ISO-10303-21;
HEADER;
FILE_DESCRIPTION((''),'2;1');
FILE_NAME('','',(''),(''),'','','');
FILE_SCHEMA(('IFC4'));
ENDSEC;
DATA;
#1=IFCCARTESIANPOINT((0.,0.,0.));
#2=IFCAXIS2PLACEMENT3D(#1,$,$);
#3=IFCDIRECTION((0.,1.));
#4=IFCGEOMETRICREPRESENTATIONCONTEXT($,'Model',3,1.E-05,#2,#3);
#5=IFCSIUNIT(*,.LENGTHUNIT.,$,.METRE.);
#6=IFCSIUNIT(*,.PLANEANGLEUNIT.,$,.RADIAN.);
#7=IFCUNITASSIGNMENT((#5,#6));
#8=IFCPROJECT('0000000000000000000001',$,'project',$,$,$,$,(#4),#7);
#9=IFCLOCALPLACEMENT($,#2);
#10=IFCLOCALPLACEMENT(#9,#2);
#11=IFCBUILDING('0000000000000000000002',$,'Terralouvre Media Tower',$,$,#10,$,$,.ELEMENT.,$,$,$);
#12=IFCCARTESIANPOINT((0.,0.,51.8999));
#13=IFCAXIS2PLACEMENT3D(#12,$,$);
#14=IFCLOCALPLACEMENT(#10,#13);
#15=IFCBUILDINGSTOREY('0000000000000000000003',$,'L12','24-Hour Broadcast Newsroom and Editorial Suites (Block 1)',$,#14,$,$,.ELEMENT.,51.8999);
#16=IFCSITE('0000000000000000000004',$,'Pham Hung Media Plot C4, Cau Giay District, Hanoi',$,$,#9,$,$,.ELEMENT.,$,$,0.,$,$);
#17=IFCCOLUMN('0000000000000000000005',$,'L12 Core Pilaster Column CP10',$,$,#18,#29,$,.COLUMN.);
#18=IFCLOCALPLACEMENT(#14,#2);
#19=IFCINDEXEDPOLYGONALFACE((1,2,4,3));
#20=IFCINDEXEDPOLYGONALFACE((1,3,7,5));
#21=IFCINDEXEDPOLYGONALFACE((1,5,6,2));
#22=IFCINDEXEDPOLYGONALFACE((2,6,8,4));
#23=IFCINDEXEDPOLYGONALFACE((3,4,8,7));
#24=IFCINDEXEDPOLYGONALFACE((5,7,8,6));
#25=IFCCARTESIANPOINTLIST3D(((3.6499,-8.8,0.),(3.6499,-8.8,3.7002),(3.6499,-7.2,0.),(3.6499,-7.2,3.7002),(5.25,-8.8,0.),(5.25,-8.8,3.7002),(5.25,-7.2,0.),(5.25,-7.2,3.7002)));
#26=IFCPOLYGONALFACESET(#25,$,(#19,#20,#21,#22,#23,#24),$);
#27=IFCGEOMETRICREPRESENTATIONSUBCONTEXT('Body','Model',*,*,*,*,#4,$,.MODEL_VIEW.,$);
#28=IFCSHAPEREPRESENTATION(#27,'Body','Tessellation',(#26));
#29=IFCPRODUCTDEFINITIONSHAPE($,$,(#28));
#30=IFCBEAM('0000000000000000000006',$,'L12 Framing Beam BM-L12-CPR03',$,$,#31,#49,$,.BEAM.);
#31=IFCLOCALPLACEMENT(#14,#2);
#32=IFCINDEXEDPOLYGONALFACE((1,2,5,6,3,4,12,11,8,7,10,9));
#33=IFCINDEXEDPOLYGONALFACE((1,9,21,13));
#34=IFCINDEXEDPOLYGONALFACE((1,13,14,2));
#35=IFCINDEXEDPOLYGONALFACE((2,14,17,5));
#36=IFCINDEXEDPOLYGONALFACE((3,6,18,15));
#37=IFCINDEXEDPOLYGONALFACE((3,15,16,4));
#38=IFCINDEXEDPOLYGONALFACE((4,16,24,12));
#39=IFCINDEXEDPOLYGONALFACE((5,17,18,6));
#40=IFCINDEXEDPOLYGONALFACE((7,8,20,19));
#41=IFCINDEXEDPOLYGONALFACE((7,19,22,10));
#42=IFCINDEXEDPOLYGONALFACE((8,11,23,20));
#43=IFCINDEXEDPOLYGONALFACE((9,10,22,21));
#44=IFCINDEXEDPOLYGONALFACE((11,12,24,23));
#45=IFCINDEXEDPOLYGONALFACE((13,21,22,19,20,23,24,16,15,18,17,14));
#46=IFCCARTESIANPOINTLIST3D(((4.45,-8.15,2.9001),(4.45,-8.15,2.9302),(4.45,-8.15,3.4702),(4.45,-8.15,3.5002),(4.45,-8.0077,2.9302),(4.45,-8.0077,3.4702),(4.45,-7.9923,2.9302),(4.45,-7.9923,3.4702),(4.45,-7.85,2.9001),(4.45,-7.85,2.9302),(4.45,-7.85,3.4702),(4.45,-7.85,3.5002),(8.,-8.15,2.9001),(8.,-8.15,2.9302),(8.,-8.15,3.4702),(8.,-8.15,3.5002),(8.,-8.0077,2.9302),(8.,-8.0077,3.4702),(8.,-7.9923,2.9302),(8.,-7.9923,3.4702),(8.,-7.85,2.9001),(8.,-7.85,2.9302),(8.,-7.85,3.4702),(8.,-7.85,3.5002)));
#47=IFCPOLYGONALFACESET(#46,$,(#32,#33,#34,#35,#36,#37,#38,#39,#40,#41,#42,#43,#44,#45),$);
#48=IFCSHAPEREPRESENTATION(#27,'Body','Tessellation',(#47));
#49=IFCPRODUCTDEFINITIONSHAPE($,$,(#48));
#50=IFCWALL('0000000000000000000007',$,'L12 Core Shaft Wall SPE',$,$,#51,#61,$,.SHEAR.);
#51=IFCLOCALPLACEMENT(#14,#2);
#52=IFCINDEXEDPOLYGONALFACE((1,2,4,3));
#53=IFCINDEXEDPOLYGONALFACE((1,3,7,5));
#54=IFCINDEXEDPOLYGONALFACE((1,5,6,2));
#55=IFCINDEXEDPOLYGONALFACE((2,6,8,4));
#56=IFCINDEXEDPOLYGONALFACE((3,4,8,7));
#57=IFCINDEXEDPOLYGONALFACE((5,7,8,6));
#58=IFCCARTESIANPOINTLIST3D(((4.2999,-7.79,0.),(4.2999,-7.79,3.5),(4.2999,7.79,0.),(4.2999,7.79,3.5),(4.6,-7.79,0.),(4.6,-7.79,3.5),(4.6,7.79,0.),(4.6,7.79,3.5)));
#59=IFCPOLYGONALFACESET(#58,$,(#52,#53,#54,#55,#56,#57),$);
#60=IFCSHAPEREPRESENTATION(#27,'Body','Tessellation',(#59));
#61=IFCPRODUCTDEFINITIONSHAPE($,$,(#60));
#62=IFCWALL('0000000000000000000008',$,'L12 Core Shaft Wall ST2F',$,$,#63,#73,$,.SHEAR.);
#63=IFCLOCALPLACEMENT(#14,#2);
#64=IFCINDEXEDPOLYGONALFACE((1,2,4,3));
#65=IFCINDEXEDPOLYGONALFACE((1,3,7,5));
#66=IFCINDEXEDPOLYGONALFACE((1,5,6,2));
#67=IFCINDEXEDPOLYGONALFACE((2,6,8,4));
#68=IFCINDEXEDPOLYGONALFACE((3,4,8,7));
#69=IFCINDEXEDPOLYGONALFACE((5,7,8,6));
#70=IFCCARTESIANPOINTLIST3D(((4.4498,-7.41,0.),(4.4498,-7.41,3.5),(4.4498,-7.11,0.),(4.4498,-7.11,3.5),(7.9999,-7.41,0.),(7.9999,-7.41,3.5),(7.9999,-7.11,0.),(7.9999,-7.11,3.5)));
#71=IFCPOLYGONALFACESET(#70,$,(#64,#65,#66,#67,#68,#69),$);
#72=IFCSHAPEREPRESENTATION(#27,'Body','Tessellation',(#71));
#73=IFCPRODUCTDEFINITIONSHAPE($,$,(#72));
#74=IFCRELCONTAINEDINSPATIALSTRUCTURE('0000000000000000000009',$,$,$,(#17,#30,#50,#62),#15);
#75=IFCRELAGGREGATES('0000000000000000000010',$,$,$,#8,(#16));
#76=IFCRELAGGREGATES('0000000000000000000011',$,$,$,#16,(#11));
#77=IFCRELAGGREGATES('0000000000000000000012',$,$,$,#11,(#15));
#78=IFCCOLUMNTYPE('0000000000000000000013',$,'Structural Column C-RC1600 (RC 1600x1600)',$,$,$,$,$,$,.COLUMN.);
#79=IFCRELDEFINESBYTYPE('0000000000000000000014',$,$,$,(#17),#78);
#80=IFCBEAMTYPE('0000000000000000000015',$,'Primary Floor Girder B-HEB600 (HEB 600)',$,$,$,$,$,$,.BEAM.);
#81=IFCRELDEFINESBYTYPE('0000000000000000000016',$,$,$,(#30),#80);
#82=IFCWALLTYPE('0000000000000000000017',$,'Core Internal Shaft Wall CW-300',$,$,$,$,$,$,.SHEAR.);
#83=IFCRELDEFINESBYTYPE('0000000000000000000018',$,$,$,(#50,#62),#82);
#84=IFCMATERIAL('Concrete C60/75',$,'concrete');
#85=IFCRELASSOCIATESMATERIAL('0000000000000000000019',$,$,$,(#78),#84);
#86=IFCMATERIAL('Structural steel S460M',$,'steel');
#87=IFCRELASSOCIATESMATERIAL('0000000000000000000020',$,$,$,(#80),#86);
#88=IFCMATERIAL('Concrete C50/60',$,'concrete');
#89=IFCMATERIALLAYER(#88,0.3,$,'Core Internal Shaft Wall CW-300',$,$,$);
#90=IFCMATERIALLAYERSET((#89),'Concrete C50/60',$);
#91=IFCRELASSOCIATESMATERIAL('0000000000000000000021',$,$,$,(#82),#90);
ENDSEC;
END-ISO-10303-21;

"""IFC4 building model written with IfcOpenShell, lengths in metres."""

from ifc_helpers import new_model, si_unit, direction, frame, frame_2d, origin, origin_2d, place, context, subcontext, project, spatial, rectangle, i_section, extrude, material, layer, layer_set, material_profile, profile_set, type_object, element, save


model = new_model("IFC4")

# Units and contexts
model_context = context("Model", 3, precision=1e-05, world=origin(), true_north=direction((0.0, 1.0)))
body_context = subcontext(model_context, "Body", "Model", "MODEL_VIEW")
ifc_project = project(units=[si_unit("LENGTHUNIT", "METRE"), si_unit("PLANEANGLEUNIT", "RADIAN")], contexts=[model_context])

# Site, building, storey
site_placement = place(None, origin())
site = spatial("IfcSite", under=ifc_project, at=site_placement, Name="Pham Hung Media Plot C4, Cau Giay District, Hanoi", CompositionType="ELEMENT", RefElevation=0.0)
building_placement = place(site_placement, origin())
building = spatial("IfcBuilding", under=site, at=building_placement, Name="Terralouvre Media Tower", CompositionType="ELEMENT")
storey_placement = place(building_placement, frame((0.0, 0.0, 51.8999)))
storey = spatial("IfcBuildingStorey", under=building, at=storey_placement, Name="L12", Description="24-Hour Broadcast Newsroom and Editorial Suites (Block 1)", CompositionType="ELEMENT", Elevation=51.8999)

# Column
ifc_material_1 = material(Name="Concrete C60/75", Category="concrete")
ifc_material_profile_1 = material_profile(ifc_material_1, rectangle(XDim=1.6001, YDim=1.6001, at=origin_2d()), Name="RC 1600x1600")
ifc_profile_set_1 = profile_set([ifc_material_profile_1], Name="Concrete C60/75")
column_type = type_object("IfcColumnType", Name="Structural Column C-RC1600 (RC 1600x1600)", PredefinedType="COLUMN", material=ifc_profile_set_1)
column_placement = place(storey_placement, frame((4.45, -8.0, 0.0), z_axis=(0.0, 0.0, 1.0), x_axis=(1.0, 0.0, 0.0)))
element("IfcColumn", 1, at=column_placement, inside=storey, type_object=column_type, Name="L12 Core Pilaster Column CP10", PredefinedType="COLUMN", context=body_context, shape_type="SweptSolid", body=[
    extrude(rectangle(XDim=1.6001, YDim=1.6001, at=origin_2d()), origin(), (0.0, 0.0, 1.0), 3.7002),
])

# Beam
ifc_material_2 = material(Name="Structural steel S460M", Category="steel")
ifc_material_profile_2 = material_profile(ifc_material_2, i_section(OverallWidth=0.3, OverallDepth=0.6001, WebThickness=0.0154, FlangeThickness=0.03, at=origin_2d()), Name="HEB 600")
ifc_profile_set_2 = profile_set([ifc_material_profile_2], Name="Structural steel S460M")
beam_type = type_object("IfcBeamType", Name="Primary Floor Girder B-HEB600 (HEB 600)", PredefinedType="BEAM", material=ifc_profile_set_2)
beam_placement = place(storey_placement, frame((4.45, -8.0, 3.2002), z_axis=(1.0, 0.0, 0.0), x_axis=(0.0, 1.0, 0.0)))
element("IfcBeam", 2, at=beam_placement, inside=storey, type_object=beam_type, Name="L12 Framing Beam BM-L12-CPR03", PredefinedType="BEAM", context=body_context, shape_type="SweptSolid", body=[
    extrude(i_section(OverallWidth=0.3, OverallDepth=0.6001, WebThickness=0.0154, FlangeThickness=0.03, at=origin_2d()), origin(), (0.0, 0.0, 1.0), 3.55),
])

# Walls
ifc_material_3 = material(Name="Concrete C50/60", Category="concrete")
ifc_layer_1 = layer(ifc_material_3, 0.3, Name="Core Internal Shaft Wall CW-300")
ifc_layer_set_1 = layer_set([ifc_layer_1], Name="Concrete C50/60")
wall_type_1 = type_object("IfcWallType", Name="Core Internal Shaft Wall CW-300", PredefinedType="SHEAR", material=ifc_layer_set_1)
wall_1_placement = place(storey_placement, frame((4.45, -7.79, 0.0), z_axis=(0.0, 0.0, 1.0), x_axis=(0.0, 1.0, 0.0)))
element("IfcWall", 3, at=wall_1_placement, inside=storey, type_object=wall_type_1, Name="L12 Core Shaft Wall SPE", PredefinedType="SHEAR", context=body_context, shape_type="SweptSolid", body=[
    extrude(rectangle(XDim=15.5801, YDim=0.3, at=frame_2d((7.79, 0.0))), origin(), (0.0, 0.0, 1.0), 3.5),
])
wall_2_placement = place(storey_placement, frame((4.45, -7.26, 0.0), z_axis=(0.0, 0.0, 1.0), x_axis=(1.0, 0.0, 0.0)))
element("IfcWall", 4, at=wall_2_placement, inside=storey, type_object=wall_type_1, Name="L12 Core Shaft Wall ST2F", PredefinedType="SHEAR", context=body_context, shape_type="SweptSolid", body=[
    extrude(rectangle(XDim=3.55, YDim=0.3, at=frame_2d((1.7749, 0.0))), origin(), (0.0, 0.0, 1.0), 3.5),
])

save(model, "model.ifc")
